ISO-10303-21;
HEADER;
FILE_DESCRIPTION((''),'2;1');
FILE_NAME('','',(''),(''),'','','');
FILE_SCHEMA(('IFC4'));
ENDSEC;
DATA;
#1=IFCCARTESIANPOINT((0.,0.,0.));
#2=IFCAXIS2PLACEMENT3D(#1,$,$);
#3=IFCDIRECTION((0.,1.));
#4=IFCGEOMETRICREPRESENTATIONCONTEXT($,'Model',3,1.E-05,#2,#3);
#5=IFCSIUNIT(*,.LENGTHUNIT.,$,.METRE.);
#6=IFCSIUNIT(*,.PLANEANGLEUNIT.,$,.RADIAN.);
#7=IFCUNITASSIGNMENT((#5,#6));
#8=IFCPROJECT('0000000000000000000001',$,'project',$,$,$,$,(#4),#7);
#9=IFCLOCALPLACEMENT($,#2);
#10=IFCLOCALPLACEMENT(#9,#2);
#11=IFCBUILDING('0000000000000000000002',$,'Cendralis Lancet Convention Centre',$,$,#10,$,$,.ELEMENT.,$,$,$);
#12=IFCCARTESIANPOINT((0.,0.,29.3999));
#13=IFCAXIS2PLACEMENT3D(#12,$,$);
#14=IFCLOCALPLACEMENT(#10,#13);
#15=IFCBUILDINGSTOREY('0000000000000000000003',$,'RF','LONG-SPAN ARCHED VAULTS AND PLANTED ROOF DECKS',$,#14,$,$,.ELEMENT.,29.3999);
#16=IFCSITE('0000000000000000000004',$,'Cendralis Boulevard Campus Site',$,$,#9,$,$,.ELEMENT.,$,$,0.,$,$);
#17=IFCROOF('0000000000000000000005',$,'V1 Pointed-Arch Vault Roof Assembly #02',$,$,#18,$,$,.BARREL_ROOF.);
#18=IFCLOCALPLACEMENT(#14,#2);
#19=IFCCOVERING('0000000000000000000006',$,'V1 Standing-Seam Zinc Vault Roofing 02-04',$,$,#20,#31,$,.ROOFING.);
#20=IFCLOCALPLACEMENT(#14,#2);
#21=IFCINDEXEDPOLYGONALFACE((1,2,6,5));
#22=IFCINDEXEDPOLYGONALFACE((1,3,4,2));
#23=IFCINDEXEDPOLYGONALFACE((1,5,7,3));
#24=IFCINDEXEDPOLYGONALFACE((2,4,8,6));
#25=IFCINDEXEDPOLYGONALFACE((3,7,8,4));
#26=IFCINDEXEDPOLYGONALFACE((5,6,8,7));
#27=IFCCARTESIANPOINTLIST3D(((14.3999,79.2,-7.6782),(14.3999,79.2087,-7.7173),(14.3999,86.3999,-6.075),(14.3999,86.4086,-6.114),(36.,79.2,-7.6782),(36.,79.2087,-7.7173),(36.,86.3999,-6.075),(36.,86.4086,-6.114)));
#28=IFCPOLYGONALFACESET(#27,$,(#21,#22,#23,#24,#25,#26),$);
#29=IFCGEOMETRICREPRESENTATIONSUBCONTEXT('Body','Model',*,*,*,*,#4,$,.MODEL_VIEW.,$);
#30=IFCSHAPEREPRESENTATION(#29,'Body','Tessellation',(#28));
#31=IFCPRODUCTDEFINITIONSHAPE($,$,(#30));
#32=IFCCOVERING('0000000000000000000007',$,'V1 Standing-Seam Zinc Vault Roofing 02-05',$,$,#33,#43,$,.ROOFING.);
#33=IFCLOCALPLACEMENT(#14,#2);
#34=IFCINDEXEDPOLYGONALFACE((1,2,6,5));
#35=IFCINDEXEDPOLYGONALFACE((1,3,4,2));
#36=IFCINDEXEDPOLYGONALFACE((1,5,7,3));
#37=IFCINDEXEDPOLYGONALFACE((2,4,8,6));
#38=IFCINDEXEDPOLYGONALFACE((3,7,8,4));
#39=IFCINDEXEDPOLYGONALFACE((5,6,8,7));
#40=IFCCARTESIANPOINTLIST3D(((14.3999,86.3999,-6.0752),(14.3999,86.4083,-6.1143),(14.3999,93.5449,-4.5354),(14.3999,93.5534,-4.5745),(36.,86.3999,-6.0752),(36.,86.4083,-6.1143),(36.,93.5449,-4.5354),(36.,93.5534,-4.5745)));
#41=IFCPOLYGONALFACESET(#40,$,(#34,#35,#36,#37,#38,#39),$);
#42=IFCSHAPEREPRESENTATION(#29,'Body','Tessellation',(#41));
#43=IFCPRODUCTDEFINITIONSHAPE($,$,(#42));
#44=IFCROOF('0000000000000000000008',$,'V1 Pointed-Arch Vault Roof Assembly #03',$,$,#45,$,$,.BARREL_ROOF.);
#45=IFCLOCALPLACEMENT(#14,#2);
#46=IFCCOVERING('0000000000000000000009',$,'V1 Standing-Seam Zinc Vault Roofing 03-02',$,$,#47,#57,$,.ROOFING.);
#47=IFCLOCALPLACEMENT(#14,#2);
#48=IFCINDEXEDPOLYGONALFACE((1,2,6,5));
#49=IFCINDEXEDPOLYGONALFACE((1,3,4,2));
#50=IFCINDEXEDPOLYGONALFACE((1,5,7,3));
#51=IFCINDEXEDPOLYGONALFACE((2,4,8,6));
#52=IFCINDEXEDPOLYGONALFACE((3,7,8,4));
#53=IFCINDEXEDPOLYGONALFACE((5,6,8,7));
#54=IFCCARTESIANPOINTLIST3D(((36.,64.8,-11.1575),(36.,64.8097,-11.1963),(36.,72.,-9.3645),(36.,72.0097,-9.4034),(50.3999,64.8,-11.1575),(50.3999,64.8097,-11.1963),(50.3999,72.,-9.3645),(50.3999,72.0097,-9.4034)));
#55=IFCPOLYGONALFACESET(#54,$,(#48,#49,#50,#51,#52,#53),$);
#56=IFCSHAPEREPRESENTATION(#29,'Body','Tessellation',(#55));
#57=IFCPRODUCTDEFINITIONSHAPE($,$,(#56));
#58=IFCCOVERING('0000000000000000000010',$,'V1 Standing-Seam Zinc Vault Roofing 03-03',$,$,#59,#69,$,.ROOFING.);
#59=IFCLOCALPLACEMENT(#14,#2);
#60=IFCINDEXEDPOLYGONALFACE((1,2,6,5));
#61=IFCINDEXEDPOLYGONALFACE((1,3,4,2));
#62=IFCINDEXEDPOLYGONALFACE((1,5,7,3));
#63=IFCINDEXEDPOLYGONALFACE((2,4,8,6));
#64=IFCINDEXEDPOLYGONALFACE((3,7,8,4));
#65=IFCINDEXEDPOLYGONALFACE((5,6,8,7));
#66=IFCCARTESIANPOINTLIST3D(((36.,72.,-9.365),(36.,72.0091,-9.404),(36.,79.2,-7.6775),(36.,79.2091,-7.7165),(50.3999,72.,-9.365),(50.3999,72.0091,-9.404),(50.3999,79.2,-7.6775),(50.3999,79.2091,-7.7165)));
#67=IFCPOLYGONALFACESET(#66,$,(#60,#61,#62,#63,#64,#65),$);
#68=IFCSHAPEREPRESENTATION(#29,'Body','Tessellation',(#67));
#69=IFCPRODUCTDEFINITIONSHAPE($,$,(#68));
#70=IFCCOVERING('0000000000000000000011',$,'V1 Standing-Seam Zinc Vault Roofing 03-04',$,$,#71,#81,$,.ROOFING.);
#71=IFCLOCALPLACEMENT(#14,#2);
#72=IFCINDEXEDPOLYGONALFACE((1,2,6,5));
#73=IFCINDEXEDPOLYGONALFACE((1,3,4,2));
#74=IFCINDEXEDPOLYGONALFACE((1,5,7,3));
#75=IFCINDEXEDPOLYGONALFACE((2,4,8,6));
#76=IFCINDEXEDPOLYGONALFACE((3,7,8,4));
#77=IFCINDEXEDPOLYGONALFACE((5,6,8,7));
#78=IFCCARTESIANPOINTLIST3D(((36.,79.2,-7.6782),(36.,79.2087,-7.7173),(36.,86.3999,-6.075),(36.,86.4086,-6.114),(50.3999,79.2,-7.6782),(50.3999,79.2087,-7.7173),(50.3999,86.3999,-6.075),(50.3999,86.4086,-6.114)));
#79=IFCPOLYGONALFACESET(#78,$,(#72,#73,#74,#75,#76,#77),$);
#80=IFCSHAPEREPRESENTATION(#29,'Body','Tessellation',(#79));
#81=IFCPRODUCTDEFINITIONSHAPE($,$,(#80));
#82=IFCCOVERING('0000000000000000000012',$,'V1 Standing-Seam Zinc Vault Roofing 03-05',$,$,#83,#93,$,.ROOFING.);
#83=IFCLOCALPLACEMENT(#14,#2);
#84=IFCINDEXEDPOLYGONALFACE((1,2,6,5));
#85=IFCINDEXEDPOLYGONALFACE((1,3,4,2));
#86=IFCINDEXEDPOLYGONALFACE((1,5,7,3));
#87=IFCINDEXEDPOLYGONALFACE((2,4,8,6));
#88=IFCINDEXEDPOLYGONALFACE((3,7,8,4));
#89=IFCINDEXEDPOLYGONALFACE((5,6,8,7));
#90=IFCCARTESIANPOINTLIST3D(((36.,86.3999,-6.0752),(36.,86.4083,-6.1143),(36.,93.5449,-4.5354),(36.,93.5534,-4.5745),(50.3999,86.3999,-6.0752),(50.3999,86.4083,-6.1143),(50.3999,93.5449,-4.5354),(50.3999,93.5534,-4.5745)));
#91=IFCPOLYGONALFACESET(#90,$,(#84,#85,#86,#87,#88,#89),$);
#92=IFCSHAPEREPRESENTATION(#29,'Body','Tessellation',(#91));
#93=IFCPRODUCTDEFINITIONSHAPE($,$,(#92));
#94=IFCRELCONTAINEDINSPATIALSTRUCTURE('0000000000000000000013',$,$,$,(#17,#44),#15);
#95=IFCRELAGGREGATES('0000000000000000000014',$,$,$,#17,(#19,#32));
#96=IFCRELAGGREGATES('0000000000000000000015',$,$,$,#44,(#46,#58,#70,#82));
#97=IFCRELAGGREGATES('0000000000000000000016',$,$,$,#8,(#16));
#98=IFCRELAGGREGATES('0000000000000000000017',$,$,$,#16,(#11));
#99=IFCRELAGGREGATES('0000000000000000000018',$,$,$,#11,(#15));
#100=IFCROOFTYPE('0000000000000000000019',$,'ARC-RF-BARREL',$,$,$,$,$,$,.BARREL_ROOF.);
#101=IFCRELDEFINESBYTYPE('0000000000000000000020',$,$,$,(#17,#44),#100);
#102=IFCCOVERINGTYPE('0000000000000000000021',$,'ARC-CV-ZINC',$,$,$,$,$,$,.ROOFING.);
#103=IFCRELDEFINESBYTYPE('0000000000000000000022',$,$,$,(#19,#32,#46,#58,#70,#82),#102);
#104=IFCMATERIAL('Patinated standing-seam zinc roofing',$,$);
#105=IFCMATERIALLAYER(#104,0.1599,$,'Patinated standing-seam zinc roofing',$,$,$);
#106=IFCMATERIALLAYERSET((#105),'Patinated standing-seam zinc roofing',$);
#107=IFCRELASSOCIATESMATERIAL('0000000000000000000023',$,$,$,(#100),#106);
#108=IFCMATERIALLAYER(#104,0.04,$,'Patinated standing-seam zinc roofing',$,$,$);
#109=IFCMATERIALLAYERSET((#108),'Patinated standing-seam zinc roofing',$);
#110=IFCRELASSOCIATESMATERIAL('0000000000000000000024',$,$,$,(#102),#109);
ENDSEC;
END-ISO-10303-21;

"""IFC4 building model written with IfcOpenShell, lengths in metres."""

from ifc_helpers import new_model, si_unit, direction, frame, origin, place, context, subcontext, project, spatial, polyline, outline, extrude, material, layer, layer_set, type_object, element, aggregate, save


model = new_model("IFC4")

# Units and contexts
model_context = context("Model", 3, precision=1e-05, world=origin(), true_north=direction((0.0, 1.0)))
body_context = subcontext(model_context, "Body", "Model", "MODEL_VIEW")
ifc_project = project(units=[si_unit("LENGTHUNIT", "METRE"), si_unit("PLANEANGLEUNIT", "RADIAN")], contexts=[model_context])

# Site, building, storey
site_placement = place(None, origin())
site = spatial("IfcSite", under=ifc_project, at=site_placement, Name="Cendralis Boulevard Campus Site", CompositionType="ELEMENT", RefElevation=0.0)
building_placement = place(site_placement, origin())
building = spatial("IfcBuilding", under=site, at=building_placement, Name="Cendralis Lancet Convention Centre", CompositionType="ELEMENT")
storey_placement = place(building_placement, frame((0.0, 0.0, 29.3999)))
storey = spatial("IfcBuildingStorey", under=building, at=storey_placement, Name="RF", Description="LONG-SPAN ARCHED VAULTS AND PLANTED ROOF DECKS", CompositionType="ELEMENT", Elevation=29.3999)

# Roofs, coverings
ifc_material_1 = material(Name="Patinated standing-seam zinc roofing")
ifc_layer_1 = layer(ifc_material_1, 0.1599, Name="Patinated standing-seam zinc roofing")
ifc_layer_set_1 = layer_set([ifc_layer_1], Name="Patinated standing-seam zinc roofing")
roof_type = type_object("IfcRoofType", Name="ARC-RF-BARREL", PredefinedType="BARREL_ROOF", material=ifc_layer_set_1)
ifc_layer_2 = layer(ifc_material_1, 0.04, Name="Patinated standing-seam zinc roofing")
ifc_layer_set_2 = layer_set([ifc_layer_2], Name="Patinated standing-seam zinc roofing")
covering_type = type_object("IfcCoveringType", Name="ARC-CV-ZINC", PredefinedType="ROOFING", material=ifc_layer_set_2)
roof_1_placement = place(storey_placement, origin())
roof_1 = element("IfcRoof", 1, at=roof_1_placement, inside=storey, type_object=roof_type, Name="V1 Pointed-Arch Vault Roof Assembly #02", PredefinedType="BARREL_ROOF")
covering_1_placement = place(storey_placement, frame((14.3999, 79.2, -7.6782), z_axis=(0.0, -0.217354, 0.976093), x_axis=(1.0, 0.0, 0.0)))
covering_1 = element("IfcCovering", 2, at=covering_1_placement, type_object=covering_type, Name="V1 Standing-Seam Zinc Vault Roofing 02-04", PredefinedType="ROOFING", context=body_context, shape_type="SweptSolid", body=[
    extrude(outline(polyline([(0.0, 0.0), (21.6001, 0.0), (21.6001, 7.3763), (0.0, 7.3763), (0.0, 0.0)])), origin(), (0.0, 0.0, -1.0), 0.04),
])
covering_2_placement = place(storey_placement, frame((14.3999, 86.3999, -6.0752), z_axis=(0.0, -0.21067, 0.977557), x_axis=(1.0, 0.0, 0.0)))
covering_2 = element("IfcCovering", 3, at=covering_2_placement, type_object=covering_type, Name="V1 Standing-Seam Zinc Vault Roofing 02-05", PredefinedType="ROOFING", context=body_context, shape_type="SweptSolid", body=[
    extrude(outline(polyline([(0.0, 0.0), (21.6001, 0.0), (21.6001, 7.3091), (0.0, 7.3091), (0.0, 0.0)])), origin(), (0.0, 0.0, -1.0), 0.04),
])
aggregate(roof_1, [covering_1, covering_2])
roof_2_placement = place(storey_placement, origin())
roof_2 = element("IfcRoof", 4, at=roof_2_placement, inside=storey, type_object=roof_type, Name="V1 Pointed-Arch Vault Roof Assembly #03", PredefinedType="BARREL_ROOF")
covering_3_placement = place(storey_placement, frame((36.0, 64.8, -11.1575), z_axis=(0.0, -0.241645, 0.970365), x_axis=(1.0, 0.0, 0.0)))
covering_3 = element("IfcCovering", 5, at=covering_3_placement, type_object=covering_type, Name="V1 Standing-Seam Zinc Vault Roofing 03-02", PredefinedType="ROOFING", context=body_context, shape_type="SweptSolid", body=[
    extrude(outline(polyline([(0.0, 0.0), (14.3999, 0.0), (14.3999, 7.4198), (0.0, 7.4198), (0.0, 0.0)])), origin(), (0.0, 0.0, -1.0), 0.04),
])
covering_4_placement = place(storey_placement, frame((36.0, 72.0, -9.365), z_axis=(0.0, -0.228193, 0.973616), x_axis=(1.0, 0.0, 0.0)))
covering_4 = element("IfcCovering", 6, at=covering_4_placement, type_object=covering_type, Name="V1 Standing-Seam Zinc Vault Roofing 03-03", PredefinedType="ROOFING", context=body_context, shape_type="SweptSolid", body=[
    extrude(outline(polyline([(0.0, 0.0), (14.3999, 0.0), (14.3999, 7.3951), (0.0, 7.3951), (0.0, 0.0)])), origin(), (0.0, 0.0, -1.0), 0.04),
])
covering_5_placement = place(storey_placement, frame((36.0, 79.2, -7.6782), z_axis=(0.0, -0.217354, 0.976093), x_axis=(1.0, 0.0, 0.0)))
covering_5 = element("IfcCovering", 7, at=covering_5_placement, type_object=covering_type, Name="V1 Standing-Seam Zinc Vault Roofing 03-04", PredefinedType="ROOFING", context=body_context, shape_type="SweptSolid", body=[
    extrude(outline(polyline([(0.0, 0.0), (14.3999, 0.0), (14.3999, 7.3763), (0.0, 7.3763), (0.0, 0.0)])), origin(), (0.0, 0.0, -1.0), 0.04),
])
covering_6_placement = place(storey_placement, frame((36.0, 86.3999, -6.0752), z_axis=(0.0, -0.21067, 0.977557), x_axis=(1.0, 0.0, 0.0)))
covering_6 = element("IfcCovering", 8, at=covering_6_placement, type_object=covering_type, Name="V1 Standing-Seam Zinc Vault Roofing 03-05", PredefinedType="ROOFING", context=body_context, shape_type="SweptSolid", body=[
    extrude(outline(polyline([(0.0, 0.0), (14.3999, 0.0), (14.3999, 7.3091), (0.0, 7.3091), (0.0, 0.0)])), origin(), (0.0, 0.0, -1.0), 0.04),
])
aggregate(roof_2, [covering_3, covering_4, covering_5, covering_6])

save(model, "model.ifc")
